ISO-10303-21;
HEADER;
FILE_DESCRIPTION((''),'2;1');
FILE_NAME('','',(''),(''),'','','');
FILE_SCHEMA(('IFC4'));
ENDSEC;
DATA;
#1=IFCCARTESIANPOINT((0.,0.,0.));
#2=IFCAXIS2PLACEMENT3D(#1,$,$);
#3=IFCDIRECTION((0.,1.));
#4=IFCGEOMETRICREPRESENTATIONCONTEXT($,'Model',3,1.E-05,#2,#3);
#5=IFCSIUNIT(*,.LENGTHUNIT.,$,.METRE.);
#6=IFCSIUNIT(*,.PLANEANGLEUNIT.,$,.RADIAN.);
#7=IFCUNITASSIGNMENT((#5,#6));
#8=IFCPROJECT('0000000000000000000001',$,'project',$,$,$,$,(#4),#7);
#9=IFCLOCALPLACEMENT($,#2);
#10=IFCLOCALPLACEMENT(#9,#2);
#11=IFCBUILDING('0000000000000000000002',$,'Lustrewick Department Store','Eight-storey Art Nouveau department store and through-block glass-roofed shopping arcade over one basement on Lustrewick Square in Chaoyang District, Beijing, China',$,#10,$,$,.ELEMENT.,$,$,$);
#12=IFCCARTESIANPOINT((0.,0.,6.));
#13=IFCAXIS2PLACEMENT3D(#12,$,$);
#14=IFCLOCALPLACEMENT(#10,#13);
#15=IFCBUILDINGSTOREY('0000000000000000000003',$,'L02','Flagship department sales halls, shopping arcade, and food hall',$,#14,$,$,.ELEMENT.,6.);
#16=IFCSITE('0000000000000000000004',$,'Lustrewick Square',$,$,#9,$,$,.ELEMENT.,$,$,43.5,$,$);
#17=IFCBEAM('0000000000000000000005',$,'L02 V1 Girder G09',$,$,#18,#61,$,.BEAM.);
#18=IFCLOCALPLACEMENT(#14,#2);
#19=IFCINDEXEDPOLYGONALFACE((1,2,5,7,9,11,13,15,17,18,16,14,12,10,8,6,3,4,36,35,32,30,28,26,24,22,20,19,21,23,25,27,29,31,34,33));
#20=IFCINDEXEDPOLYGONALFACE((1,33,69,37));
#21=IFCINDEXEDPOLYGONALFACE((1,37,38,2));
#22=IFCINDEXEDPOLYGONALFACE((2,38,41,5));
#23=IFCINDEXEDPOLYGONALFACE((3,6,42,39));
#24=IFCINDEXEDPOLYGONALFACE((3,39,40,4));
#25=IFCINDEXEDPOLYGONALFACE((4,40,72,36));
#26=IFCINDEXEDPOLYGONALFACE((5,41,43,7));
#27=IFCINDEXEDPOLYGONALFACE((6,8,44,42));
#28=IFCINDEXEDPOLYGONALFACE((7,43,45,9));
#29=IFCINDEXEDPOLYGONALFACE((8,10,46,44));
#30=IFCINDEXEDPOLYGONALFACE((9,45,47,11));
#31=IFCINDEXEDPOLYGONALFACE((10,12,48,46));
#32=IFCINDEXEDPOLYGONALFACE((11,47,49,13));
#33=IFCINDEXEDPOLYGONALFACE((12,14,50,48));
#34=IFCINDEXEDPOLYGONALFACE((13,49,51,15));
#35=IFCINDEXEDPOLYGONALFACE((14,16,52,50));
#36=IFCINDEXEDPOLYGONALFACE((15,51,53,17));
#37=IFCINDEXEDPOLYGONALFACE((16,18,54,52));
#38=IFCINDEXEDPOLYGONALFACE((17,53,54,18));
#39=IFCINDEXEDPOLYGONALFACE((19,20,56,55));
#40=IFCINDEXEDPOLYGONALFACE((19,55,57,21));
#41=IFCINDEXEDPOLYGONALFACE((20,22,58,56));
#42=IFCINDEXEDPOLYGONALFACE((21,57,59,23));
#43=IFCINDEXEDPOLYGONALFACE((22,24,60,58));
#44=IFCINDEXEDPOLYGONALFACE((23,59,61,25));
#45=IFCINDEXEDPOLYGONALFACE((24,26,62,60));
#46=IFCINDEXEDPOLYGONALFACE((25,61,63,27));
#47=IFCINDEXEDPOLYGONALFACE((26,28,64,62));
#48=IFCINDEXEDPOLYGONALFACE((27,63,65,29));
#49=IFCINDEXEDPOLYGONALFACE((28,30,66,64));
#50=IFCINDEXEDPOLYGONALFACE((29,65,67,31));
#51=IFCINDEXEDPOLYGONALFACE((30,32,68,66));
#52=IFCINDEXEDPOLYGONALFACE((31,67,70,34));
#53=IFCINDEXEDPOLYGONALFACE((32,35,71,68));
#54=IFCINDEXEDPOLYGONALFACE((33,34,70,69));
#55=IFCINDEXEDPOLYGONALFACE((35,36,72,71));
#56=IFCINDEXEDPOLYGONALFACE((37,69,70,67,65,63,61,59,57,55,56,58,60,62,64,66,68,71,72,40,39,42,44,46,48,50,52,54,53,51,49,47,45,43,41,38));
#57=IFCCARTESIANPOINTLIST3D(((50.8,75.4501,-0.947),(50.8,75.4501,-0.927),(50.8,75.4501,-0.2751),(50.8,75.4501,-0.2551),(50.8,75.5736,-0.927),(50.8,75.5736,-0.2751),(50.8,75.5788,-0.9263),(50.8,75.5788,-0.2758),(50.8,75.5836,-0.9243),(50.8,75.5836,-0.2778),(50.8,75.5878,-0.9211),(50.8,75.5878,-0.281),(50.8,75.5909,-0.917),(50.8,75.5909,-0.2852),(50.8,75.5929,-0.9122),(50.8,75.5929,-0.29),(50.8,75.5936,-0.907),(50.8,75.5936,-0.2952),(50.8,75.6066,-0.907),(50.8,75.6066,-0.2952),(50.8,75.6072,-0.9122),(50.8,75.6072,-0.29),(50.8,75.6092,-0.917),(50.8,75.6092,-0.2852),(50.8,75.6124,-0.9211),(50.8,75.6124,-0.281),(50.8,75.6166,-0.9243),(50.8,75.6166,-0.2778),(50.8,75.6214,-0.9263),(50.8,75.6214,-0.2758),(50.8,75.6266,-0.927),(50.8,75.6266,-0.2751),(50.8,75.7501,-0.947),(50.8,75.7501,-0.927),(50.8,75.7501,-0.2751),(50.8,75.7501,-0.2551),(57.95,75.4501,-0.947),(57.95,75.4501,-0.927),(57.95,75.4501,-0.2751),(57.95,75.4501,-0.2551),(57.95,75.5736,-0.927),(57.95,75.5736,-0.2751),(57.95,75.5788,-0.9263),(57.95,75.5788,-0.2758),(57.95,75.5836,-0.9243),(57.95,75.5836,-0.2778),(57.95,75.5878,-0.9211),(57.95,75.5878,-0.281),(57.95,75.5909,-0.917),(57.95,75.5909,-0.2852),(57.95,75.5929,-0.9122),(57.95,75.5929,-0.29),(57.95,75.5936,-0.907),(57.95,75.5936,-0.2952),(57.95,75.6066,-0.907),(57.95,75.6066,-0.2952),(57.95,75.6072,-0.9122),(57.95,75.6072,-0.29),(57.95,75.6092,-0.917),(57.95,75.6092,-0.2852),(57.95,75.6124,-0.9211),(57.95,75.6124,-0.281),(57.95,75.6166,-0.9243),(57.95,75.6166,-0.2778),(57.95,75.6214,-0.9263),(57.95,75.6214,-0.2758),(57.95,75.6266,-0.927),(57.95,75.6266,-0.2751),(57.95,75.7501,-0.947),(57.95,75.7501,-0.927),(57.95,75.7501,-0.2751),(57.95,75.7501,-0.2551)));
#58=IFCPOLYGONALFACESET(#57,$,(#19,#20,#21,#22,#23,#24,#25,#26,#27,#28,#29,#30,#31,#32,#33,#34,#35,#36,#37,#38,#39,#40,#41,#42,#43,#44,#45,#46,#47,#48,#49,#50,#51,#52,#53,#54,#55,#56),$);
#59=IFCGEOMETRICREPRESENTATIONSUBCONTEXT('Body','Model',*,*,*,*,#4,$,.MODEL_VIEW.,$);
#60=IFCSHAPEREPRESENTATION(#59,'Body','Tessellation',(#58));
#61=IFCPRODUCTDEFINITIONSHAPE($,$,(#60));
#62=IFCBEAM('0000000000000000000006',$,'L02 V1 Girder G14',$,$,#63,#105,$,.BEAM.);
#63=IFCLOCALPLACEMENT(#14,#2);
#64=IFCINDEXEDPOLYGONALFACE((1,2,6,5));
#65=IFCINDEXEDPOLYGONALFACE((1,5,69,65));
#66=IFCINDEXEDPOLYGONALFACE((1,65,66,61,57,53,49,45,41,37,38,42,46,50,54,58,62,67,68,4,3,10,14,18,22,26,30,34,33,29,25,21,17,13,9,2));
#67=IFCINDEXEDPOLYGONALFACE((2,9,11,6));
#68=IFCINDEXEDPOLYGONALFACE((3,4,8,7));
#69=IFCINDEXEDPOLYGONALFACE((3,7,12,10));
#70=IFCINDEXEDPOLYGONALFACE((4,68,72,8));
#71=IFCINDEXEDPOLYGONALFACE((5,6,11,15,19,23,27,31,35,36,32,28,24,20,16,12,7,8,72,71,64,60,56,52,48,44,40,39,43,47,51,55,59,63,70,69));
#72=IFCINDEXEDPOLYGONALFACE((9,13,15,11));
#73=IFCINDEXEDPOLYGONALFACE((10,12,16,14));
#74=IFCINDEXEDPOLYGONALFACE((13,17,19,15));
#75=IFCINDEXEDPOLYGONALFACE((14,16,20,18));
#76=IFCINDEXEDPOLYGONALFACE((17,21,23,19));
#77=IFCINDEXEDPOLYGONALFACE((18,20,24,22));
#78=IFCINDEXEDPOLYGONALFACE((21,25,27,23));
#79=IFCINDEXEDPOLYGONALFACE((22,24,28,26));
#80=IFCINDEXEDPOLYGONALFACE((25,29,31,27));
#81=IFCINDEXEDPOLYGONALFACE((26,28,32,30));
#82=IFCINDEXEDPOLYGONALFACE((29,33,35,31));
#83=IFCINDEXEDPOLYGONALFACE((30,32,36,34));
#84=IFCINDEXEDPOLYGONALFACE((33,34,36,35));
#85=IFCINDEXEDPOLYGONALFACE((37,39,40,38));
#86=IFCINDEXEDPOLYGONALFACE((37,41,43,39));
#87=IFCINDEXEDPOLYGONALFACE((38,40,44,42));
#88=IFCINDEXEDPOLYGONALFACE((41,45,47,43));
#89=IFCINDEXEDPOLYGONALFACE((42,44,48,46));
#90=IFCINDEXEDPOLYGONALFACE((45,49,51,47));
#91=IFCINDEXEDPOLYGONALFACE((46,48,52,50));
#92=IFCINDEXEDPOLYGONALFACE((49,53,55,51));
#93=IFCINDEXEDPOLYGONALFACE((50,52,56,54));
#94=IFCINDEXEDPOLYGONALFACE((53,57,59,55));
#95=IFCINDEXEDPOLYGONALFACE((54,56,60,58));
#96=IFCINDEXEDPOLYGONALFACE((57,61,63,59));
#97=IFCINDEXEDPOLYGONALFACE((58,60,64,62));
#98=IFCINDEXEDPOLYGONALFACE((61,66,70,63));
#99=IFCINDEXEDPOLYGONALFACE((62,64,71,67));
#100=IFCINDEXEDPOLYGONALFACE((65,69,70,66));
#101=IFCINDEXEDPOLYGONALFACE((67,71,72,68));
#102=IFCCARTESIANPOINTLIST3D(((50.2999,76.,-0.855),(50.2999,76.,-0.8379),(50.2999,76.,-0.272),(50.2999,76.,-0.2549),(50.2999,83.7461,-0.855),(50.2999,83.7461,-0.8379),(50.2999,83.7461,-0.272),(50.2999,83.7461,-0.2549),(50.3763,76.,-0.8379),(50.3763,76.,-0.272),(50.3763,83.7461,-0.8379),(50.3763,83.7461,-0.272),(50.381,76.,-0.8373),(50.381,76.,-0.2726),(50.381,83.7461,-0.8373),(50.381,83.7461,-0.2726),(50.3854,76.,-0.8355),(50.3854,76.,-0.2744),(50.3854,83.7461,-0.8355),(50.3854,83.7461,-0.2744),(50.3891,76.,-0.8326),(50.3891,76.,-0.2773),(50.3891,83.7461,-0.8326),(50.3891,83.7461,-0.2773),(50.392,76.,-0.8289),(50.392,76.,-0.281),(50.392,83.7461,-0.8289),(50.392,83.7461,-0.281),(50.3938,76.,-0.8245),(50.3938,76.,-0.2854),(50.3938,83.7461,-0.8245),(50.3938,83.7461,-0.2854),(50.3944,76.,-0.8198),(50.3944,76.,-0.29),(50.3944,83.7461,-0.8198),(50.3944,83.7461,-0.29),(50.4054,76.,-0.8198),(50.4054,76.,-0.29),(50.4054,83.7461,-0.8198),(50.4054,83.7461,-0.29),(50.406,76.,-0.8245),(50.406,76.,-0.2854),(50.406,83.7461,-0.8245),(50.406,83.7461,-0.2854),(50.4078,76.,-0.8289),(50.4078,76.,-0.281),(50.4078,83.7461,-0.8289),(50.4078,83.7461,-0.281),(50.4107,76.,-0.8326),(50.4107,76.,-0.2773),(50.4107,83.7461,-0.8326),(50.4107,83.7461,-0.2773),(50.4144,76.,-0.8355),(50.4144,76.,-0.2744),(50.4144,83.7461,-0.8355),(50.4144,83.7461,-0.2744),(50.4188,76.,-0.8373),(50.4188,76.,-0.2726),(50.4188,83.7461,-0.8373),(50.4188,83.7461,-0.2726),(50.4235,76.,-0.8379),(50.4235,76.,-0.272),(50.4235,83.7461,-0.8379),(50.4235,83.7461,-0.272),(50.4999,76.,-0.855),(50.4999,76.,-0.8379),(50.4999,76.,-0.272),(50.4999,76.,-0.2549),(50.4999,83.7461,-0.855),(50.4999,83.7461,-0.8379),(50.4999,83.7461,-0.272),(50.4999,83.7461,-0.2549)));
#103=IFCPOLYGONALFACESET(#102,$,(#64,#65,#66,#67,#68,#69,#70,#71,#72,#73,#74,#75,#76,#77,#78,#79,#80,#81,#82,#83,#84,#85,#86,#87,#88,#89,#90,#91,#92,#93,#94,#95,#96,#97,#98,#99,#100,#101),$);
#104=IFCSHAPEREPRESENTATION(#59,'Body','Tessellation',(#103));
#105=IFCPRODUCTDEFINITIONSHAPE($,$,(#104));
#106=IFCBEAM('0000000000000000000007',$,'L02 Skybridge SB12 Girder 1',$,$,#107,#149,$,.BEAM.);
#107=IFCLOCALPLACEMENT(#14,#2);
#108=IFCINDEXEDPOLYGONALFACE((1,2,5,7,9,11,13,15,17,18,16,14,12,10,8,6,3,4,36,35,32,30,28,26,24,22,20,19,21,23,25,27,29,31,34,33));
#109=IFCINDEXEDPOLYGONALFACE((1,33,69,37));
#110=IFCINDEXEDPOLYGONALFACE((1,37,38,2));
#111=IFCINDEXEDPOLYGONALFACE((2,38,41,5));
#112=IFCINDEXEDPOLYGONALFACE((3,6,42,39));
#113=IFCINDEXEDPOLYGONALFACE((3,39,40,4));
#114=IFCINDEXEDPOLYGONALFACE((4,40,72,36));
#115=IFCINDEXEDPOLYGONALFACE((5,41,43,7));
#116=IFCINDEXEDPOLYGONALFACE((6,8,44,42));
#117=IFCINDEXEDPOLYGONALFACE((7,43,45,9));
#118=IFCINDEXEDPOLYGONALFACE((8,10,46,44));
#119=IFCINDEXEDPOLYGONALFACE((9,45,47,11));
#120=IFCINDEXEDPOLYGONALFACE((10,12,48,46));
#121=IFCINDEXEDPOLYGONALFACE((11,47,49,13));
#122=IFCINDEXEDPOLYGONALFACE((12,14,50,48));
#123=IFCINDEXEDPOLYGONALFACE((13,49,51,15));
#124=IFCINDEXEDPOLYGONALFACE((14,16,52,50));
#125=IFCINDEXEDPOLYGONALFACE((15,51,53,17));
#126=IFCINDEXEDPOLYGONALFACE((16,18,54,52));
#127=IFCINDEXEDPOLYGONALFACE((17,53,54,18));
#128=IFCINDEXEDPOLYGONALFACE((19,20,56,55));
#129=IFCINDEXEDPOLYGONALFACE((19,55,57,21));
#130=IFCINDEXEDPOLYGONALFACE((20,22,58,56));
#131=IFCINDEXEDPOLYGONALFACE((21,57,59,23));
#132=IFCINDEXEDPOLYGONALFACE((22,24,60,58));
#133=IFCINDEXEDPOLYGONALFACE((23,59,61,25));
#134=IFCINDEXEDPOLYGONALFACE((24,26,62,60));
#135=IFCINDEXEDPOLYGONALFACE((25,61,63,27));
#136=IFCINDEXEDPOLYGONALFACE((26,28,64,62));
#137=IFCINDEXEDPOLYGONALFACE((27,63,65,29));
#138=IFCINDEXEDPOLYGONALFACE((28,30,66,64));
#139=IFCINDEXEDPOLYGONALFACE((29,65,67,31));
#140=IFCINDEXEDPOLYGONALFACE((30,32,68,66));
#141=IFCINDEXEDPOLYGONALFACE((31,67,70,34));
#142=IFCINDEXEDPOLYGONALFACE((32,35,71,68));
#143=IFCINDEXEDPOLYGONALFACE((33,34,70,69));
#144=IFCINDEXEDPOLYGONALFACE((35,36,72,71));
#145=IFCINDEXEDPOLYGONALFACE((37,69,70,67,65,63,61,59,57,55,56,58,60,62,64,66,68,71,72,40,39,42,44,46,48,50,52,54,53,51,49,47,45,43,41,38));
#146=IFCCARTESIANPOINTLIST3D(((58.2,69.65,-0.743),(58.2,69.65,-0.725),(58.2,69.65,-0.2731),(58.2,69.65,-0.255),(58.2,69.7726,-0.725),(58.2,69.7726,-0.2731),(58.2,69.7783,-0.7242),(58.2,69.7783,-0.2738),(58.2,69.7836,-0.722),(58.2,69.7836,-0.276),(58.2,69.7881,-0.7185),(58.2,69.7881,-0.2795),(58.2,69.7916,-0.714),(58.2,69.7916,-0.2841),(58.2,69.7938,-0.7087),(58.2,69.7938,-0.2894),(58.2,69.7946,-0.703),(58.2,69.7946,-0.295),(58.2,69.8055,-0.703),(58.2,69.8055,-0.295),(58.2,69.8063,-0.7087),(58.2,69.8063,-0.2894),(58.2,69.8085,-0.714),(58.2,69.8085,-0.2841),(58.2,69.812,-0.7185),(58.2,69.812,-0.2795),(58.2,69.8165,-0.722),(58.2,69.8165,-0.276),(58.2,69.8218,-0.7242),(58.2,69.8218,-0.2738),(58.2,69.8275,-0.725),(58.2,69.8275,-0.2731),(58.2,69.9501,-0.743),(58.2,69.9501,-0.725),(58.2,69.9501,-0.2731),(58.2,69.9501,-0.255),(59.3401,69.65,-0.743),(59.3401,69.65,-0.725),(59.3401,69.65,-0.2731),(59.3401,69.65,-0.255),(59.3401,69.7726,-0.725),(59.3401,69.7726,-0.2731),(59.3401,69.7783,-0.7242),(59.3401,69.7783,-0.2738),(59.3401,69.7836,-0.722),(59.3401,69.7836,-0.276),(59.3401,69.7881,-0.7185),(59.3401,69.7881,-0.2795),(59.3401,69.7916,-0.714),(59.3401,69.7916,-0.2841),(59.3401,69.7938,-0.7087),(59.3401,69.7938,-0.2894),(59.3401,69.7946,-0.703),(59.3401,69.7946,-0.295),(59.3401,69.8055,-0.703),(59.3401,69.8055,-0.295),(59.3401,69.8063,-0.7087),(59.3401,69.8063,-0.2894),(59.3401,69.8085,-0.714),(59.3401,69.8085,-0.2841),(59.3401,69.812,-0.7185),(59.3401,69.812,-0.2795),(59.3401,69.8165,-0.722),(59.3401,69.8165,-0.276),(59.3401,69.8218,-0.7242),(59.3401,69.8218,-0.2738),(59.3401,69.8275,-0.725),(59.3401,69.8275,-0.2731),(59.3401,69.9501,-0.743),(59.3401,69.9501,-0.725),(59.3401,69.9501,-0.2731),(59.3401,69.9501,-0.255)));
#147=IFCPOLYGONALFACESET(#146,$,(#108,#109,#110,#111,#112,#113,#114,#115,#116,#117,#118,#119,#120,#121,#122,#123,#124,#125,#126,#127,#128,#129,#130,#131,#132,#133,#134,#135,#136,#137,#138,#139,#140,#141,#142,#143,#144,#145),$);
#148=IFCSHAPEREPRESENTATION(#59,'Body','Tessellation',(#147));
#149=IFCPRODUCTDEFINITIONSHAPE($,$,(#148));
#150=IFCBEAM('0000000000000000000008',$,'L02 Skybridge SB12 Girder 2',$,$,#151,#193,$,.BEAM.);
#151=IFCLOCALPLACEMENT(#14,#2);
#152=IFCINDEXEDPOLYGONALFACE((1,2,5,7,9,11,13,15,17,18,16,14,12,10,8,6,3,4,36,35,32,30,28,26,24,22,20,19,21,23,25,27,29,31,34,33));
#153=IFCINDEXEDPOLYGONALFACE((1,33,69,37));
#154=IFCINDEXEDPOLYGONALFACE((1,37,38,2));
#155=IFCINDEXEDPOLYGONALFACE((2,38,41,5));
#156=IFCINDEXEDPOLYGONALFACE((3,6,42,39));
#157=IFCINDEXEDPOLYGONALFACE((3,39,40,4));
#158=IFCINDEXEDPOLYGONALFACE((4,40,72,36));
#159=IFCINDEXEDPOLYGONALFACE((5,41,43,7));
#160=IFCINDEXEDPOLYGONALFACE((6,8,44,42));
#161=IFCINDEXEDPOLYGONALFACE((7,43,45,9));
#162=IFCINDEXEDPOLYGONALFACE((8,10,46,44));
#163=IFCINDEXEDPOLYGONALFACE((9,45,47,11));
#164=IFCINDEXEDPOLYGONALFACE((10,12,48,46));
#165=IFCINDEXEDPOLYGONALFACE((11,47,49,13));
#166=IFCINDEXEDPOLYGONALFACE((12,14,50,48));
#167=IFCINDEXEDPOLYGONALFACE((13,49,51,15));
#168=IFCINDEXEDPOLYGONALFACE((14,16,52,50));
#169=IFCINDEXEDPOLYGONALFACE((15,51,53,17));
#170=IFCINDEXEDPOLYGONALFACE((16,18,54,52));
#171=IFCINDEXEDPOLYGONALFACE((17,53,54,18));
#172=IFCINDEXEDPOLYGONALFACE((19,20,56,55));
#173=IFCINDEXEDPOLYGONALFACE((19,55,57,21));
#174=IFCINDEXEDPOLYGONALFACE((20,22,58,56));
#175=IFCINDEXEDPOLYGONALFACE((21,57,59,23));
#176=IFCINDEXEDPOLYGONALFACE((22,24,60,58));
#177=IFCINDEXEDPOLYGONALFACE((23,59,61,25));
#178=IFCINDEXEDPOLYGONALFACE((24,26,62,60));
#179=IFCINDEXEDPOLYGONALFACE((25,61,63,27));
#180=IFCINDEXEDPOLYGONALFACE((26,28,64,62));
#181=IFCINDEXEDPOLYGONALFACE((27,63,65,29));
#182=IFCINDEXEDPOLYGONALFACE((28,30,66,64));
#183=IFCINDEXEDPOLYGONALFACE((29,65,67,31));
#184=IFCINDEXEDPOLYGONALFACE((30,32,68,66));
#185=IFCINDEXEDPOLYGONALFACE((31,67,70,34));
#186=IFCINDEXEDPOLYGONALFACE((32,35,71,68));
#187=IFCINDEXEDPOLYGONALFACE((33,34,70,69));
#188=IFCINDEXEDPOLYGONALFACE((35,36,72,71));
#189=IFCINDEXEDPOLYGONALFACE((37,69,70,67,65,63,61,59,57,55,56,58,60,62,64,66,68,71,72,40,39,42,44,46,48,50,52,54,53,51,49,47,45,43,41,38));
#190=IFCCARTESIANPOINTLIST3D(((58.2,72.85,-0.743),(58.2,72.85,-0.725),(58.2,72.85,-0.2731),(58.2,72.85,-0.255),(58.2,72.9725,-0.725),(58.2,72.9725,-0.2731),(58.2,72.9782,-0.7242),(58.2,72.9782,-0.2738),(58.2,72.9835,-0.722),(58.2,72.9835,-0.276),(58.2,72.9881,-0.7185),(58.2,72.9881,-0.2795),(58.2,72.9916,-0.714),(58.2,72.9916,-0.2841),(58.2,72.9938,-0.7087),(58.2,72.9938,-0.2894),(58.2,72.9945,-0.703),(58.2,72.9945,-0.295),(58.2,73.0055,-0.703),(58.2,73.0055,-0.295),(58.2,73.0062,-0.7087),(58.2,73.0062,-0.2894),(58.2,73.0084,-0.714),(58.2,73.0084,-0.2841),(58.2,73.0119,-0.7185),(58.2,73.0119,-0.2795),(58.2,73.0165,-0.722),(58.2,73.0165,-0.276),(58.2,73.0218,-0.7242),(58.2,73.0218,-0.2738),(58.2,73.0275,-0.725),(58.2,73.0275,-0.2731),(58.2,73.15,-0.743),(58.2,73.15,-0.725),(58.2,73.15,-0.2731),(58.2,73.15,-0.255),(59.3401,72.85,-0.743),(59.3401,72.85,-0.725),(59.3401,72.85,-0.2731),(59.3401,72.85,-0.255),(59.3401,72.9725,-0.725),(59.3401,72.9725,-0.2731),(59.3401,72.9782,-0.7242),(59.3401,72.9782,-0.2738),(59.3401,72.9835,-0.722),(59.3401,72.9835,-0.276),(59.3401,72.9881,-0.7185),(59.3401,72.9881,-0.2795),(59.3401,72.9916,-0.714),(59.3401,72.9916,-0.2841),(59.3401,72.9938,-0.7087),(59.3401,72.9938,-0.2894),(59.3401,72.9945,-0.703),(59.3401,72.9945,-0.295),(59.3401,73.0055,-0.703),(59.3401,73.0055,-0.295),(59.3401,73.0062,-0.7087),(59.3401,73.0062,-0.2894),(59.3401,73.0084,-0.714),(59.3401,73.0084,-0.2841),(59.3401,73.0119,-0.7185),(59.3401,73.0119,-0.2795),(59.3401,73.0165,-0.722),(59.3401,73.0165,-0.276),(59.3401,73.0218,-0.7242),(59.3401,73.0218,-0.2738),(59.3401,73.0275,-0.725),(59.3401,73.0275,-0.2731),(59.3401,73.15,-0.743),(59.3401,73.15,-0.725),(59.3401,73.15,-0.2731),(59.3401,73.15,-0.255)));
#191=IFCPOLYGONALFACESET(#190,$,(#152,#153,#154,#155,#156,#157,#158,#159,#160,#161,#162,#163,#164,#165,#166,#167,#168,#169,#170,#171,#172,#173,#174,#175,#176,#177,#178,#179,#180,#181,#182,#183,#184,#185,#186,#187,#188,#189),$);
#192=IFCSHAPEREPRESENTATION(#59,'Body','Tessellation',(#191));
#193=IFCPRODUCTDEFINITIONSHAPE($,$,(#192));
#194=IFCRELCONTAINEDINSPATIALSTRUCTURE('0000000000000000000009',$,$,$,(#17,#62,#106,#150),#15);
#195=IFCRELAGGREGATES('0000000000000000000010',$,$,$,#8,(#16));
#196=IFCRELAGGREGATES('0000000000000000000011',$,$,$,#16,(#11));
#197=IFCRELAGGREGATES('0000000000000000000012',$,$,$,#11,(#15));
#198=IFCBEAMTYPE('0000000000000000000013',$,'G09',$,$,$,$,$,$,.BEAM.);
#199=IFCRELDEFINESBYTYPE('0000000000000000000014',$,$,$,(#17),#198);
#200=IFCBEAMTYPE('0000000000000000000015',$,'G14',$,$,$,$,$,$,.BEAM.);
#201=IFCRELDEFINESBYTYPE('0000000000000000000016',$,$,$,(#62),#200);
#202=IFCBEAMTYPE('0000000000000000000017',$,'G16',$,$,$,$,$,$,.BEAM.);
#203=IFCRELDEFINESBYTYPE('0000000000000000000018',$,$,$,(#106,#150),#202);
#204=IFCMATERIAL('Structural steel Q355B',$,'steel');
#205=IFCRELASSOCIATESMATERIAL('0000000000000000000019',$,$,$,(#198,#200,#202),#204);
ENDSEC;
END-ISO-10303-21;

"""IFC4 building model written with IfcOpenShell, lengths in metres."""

from ifc_helpers import new_model, si_unit, direction, frame, origin, origin_2d, place, context, subcontext, project, spatial, i_section, extrude, material, material_profile, profile_set, type_object, element, save


model = new_model("IFC4")

# Units and contexts
model_context = context("Model", 3, precision=1e-05, world=origin(), true_north=direction((0.0, 1.0)))
body_context = subcontext(model_context, "Body", "Model", "MODEL_VIEW")
ifc_project = project(units=[si_unit("LENGTHUNIT", "METRE"), si_unit("PLANEANGLEUNIT", "RADIAN")], contexts=[model_context])

# Site, building, storey
site_placement = place(None, origin())
site = spatial("IfcSite", under=ifc_project, at=site_placement, Name="Lustrewick Square", CompositionType="ELEMENT", RefElevation=43.5)
building_placement = place(site_placement, origin())
building = spatial("IfcBuilding", under=site, at=building_placement, Name="Lustrewick Department Store", Description="Eight-storey Art Nouveau department store and through-block glass-roofed shopping arcade over one basement on Lustrewick Square in Chaoyang District, Beijing, China", CompositionType="ELEMENT")
storey_placement = place(building_placement, frame((0.0, 0.0, 6.0)))
storey = spatial("IfcBuildingStorey", under=building, at=storey_placement, Name="L02", Description="Flagship department sales halls, shopping arcade, and food hall", CompositionType="ELEMENT", Elevation=6.0)

# Beams
ifc_material_1 = material(Name="Structural steel Q355B", Category="steel")
ifc_material_profile_1 = material_profile(ifc_material_1, i_section(OverallWidth=0.3, OverallDepth=0.6919, WebThickness=0.0129, FlangeThickness=0.02, FilletRadius=0.02, at=origin_2d()), Name="HN 692x300x13x20")
ifc_profile_set_1 = profile_set([ifc_material_profile_1], Name="Structural steel Q355B")
beam_type_1 = type_object("IfcBeamType", Name="G09", PredefinedType="BEAM", material=ifc_profile_set_1)
beam_1_placement = place(storey_placement, frame((50.8, 75.6001, -0.6011), z_axis=(1.0, 0.0, 0.0), x_axis=(0.0, 1.0, 0.0)))
element("IfcBeam", 1, at=beam_1_placement, inside=storey, type_object=beam_type_1, Name="L02 V1 Girder G09", PredefinedType="BEAM", context=body_context, shape_type="SweptSolid", body=[
    extrude(i_section(OverallWidth=0.3, OverallDepth=0.6919, WebThickness=0.0129, FlangeThickness=0.02, FilletRadius=0.02, at=origin_2d()), origin(), (0.0, 0.0, 1.0), 7.1499),
])
ifc_material_profile_2 = material_profile(ifc_material_1, i_section(OverallWidth=0.2, OverallDepth=0.6001, WebThickness=0.011, FlangeThickness=0.0171, FilletRadius=0.0181, at=origin_2d()), Name="HN 600x200x11x17")
ifc_profile_set_2 = profile_set([ifc_material_profile_2], Name="Structural steel Q355B")
beam_type_2 = type_object("IfcBeamType", Name="G14", PredefinedType="BEAM", material=ifc_profile_set_2)
beam_2_placement = place(storey_placement, frame((50.3999, 76.0, -0.5549), z_axis=(0.0, 1.0, 0.0), x_axis=(-1.0, 0.0, 0.0)))
element("IfcBeam", 2, at=beam_2_placement, inside=storey, type_object=beam_type_2, Name="L02 V1 Girder G14", PredefinedType="BEAM", context=body_context, shape_type="SweptSolid", body=[
    extrude(i_section(OverallWidth=0.2, OverallDepth=0.6001, WebThickness=0.011, FlangeThickness=0.0171, FilletRadius=0.0181, at=origin_2d()), origin(), (0.0, 0.0, 1.0), 7.7461),
])
ifc_material_profile_3 = material_profile(ifc_material_1, i_section(OverallWidth=0.3, OverallDepth=0.488, WebThickness=0.011, FlangeThickness=0.0181, FilletRadius=0.022, at=origin_2d()), Name="HM 488x300x11x18")
ifc_profile_set_3 = profile_set([ifc_material_profile_3], Name="Structural steel Q355B")
beam_type_3 = type_object("IfcBeamType", Name="G16", PredefinedType="BEAM", material=ifc_profile_set_3)
for number, where, z_axis, x_axis, name in (
    (3, (58.2, 69.8, -0.499), (1.0, 0.0, 0.0), (0.0, 1.0, 0.0), "L02 Skybridge SB12 Girder 1"),
    (4, (58.2, 73.0, -0.499), (1.0, 0.0, 0.0), (0.0, 1.0, 0.0), "L02 Skybridge SB12 Girder 2"),
):
    element("IfcBeam", number, at=place(storey_placement, frame(where, z_axis=z_axis, x_axis=x_axis)), inside=storey, type_object=beam_type_3, Name=name, PredefinedType="BEAM", context=body_context, shape_type="SweptSolid", body=[
        extrude(i_section(OverallWidth=0.3, OverallDepth=0.488, WebThickness=0.011, FlangeThickness=0.0181, FilletRadius=0.022, at=origin_2d()), origin(), (0.0, 0.0, 1.0), 1.1401),
    ])

save(model, "model.ifc")
